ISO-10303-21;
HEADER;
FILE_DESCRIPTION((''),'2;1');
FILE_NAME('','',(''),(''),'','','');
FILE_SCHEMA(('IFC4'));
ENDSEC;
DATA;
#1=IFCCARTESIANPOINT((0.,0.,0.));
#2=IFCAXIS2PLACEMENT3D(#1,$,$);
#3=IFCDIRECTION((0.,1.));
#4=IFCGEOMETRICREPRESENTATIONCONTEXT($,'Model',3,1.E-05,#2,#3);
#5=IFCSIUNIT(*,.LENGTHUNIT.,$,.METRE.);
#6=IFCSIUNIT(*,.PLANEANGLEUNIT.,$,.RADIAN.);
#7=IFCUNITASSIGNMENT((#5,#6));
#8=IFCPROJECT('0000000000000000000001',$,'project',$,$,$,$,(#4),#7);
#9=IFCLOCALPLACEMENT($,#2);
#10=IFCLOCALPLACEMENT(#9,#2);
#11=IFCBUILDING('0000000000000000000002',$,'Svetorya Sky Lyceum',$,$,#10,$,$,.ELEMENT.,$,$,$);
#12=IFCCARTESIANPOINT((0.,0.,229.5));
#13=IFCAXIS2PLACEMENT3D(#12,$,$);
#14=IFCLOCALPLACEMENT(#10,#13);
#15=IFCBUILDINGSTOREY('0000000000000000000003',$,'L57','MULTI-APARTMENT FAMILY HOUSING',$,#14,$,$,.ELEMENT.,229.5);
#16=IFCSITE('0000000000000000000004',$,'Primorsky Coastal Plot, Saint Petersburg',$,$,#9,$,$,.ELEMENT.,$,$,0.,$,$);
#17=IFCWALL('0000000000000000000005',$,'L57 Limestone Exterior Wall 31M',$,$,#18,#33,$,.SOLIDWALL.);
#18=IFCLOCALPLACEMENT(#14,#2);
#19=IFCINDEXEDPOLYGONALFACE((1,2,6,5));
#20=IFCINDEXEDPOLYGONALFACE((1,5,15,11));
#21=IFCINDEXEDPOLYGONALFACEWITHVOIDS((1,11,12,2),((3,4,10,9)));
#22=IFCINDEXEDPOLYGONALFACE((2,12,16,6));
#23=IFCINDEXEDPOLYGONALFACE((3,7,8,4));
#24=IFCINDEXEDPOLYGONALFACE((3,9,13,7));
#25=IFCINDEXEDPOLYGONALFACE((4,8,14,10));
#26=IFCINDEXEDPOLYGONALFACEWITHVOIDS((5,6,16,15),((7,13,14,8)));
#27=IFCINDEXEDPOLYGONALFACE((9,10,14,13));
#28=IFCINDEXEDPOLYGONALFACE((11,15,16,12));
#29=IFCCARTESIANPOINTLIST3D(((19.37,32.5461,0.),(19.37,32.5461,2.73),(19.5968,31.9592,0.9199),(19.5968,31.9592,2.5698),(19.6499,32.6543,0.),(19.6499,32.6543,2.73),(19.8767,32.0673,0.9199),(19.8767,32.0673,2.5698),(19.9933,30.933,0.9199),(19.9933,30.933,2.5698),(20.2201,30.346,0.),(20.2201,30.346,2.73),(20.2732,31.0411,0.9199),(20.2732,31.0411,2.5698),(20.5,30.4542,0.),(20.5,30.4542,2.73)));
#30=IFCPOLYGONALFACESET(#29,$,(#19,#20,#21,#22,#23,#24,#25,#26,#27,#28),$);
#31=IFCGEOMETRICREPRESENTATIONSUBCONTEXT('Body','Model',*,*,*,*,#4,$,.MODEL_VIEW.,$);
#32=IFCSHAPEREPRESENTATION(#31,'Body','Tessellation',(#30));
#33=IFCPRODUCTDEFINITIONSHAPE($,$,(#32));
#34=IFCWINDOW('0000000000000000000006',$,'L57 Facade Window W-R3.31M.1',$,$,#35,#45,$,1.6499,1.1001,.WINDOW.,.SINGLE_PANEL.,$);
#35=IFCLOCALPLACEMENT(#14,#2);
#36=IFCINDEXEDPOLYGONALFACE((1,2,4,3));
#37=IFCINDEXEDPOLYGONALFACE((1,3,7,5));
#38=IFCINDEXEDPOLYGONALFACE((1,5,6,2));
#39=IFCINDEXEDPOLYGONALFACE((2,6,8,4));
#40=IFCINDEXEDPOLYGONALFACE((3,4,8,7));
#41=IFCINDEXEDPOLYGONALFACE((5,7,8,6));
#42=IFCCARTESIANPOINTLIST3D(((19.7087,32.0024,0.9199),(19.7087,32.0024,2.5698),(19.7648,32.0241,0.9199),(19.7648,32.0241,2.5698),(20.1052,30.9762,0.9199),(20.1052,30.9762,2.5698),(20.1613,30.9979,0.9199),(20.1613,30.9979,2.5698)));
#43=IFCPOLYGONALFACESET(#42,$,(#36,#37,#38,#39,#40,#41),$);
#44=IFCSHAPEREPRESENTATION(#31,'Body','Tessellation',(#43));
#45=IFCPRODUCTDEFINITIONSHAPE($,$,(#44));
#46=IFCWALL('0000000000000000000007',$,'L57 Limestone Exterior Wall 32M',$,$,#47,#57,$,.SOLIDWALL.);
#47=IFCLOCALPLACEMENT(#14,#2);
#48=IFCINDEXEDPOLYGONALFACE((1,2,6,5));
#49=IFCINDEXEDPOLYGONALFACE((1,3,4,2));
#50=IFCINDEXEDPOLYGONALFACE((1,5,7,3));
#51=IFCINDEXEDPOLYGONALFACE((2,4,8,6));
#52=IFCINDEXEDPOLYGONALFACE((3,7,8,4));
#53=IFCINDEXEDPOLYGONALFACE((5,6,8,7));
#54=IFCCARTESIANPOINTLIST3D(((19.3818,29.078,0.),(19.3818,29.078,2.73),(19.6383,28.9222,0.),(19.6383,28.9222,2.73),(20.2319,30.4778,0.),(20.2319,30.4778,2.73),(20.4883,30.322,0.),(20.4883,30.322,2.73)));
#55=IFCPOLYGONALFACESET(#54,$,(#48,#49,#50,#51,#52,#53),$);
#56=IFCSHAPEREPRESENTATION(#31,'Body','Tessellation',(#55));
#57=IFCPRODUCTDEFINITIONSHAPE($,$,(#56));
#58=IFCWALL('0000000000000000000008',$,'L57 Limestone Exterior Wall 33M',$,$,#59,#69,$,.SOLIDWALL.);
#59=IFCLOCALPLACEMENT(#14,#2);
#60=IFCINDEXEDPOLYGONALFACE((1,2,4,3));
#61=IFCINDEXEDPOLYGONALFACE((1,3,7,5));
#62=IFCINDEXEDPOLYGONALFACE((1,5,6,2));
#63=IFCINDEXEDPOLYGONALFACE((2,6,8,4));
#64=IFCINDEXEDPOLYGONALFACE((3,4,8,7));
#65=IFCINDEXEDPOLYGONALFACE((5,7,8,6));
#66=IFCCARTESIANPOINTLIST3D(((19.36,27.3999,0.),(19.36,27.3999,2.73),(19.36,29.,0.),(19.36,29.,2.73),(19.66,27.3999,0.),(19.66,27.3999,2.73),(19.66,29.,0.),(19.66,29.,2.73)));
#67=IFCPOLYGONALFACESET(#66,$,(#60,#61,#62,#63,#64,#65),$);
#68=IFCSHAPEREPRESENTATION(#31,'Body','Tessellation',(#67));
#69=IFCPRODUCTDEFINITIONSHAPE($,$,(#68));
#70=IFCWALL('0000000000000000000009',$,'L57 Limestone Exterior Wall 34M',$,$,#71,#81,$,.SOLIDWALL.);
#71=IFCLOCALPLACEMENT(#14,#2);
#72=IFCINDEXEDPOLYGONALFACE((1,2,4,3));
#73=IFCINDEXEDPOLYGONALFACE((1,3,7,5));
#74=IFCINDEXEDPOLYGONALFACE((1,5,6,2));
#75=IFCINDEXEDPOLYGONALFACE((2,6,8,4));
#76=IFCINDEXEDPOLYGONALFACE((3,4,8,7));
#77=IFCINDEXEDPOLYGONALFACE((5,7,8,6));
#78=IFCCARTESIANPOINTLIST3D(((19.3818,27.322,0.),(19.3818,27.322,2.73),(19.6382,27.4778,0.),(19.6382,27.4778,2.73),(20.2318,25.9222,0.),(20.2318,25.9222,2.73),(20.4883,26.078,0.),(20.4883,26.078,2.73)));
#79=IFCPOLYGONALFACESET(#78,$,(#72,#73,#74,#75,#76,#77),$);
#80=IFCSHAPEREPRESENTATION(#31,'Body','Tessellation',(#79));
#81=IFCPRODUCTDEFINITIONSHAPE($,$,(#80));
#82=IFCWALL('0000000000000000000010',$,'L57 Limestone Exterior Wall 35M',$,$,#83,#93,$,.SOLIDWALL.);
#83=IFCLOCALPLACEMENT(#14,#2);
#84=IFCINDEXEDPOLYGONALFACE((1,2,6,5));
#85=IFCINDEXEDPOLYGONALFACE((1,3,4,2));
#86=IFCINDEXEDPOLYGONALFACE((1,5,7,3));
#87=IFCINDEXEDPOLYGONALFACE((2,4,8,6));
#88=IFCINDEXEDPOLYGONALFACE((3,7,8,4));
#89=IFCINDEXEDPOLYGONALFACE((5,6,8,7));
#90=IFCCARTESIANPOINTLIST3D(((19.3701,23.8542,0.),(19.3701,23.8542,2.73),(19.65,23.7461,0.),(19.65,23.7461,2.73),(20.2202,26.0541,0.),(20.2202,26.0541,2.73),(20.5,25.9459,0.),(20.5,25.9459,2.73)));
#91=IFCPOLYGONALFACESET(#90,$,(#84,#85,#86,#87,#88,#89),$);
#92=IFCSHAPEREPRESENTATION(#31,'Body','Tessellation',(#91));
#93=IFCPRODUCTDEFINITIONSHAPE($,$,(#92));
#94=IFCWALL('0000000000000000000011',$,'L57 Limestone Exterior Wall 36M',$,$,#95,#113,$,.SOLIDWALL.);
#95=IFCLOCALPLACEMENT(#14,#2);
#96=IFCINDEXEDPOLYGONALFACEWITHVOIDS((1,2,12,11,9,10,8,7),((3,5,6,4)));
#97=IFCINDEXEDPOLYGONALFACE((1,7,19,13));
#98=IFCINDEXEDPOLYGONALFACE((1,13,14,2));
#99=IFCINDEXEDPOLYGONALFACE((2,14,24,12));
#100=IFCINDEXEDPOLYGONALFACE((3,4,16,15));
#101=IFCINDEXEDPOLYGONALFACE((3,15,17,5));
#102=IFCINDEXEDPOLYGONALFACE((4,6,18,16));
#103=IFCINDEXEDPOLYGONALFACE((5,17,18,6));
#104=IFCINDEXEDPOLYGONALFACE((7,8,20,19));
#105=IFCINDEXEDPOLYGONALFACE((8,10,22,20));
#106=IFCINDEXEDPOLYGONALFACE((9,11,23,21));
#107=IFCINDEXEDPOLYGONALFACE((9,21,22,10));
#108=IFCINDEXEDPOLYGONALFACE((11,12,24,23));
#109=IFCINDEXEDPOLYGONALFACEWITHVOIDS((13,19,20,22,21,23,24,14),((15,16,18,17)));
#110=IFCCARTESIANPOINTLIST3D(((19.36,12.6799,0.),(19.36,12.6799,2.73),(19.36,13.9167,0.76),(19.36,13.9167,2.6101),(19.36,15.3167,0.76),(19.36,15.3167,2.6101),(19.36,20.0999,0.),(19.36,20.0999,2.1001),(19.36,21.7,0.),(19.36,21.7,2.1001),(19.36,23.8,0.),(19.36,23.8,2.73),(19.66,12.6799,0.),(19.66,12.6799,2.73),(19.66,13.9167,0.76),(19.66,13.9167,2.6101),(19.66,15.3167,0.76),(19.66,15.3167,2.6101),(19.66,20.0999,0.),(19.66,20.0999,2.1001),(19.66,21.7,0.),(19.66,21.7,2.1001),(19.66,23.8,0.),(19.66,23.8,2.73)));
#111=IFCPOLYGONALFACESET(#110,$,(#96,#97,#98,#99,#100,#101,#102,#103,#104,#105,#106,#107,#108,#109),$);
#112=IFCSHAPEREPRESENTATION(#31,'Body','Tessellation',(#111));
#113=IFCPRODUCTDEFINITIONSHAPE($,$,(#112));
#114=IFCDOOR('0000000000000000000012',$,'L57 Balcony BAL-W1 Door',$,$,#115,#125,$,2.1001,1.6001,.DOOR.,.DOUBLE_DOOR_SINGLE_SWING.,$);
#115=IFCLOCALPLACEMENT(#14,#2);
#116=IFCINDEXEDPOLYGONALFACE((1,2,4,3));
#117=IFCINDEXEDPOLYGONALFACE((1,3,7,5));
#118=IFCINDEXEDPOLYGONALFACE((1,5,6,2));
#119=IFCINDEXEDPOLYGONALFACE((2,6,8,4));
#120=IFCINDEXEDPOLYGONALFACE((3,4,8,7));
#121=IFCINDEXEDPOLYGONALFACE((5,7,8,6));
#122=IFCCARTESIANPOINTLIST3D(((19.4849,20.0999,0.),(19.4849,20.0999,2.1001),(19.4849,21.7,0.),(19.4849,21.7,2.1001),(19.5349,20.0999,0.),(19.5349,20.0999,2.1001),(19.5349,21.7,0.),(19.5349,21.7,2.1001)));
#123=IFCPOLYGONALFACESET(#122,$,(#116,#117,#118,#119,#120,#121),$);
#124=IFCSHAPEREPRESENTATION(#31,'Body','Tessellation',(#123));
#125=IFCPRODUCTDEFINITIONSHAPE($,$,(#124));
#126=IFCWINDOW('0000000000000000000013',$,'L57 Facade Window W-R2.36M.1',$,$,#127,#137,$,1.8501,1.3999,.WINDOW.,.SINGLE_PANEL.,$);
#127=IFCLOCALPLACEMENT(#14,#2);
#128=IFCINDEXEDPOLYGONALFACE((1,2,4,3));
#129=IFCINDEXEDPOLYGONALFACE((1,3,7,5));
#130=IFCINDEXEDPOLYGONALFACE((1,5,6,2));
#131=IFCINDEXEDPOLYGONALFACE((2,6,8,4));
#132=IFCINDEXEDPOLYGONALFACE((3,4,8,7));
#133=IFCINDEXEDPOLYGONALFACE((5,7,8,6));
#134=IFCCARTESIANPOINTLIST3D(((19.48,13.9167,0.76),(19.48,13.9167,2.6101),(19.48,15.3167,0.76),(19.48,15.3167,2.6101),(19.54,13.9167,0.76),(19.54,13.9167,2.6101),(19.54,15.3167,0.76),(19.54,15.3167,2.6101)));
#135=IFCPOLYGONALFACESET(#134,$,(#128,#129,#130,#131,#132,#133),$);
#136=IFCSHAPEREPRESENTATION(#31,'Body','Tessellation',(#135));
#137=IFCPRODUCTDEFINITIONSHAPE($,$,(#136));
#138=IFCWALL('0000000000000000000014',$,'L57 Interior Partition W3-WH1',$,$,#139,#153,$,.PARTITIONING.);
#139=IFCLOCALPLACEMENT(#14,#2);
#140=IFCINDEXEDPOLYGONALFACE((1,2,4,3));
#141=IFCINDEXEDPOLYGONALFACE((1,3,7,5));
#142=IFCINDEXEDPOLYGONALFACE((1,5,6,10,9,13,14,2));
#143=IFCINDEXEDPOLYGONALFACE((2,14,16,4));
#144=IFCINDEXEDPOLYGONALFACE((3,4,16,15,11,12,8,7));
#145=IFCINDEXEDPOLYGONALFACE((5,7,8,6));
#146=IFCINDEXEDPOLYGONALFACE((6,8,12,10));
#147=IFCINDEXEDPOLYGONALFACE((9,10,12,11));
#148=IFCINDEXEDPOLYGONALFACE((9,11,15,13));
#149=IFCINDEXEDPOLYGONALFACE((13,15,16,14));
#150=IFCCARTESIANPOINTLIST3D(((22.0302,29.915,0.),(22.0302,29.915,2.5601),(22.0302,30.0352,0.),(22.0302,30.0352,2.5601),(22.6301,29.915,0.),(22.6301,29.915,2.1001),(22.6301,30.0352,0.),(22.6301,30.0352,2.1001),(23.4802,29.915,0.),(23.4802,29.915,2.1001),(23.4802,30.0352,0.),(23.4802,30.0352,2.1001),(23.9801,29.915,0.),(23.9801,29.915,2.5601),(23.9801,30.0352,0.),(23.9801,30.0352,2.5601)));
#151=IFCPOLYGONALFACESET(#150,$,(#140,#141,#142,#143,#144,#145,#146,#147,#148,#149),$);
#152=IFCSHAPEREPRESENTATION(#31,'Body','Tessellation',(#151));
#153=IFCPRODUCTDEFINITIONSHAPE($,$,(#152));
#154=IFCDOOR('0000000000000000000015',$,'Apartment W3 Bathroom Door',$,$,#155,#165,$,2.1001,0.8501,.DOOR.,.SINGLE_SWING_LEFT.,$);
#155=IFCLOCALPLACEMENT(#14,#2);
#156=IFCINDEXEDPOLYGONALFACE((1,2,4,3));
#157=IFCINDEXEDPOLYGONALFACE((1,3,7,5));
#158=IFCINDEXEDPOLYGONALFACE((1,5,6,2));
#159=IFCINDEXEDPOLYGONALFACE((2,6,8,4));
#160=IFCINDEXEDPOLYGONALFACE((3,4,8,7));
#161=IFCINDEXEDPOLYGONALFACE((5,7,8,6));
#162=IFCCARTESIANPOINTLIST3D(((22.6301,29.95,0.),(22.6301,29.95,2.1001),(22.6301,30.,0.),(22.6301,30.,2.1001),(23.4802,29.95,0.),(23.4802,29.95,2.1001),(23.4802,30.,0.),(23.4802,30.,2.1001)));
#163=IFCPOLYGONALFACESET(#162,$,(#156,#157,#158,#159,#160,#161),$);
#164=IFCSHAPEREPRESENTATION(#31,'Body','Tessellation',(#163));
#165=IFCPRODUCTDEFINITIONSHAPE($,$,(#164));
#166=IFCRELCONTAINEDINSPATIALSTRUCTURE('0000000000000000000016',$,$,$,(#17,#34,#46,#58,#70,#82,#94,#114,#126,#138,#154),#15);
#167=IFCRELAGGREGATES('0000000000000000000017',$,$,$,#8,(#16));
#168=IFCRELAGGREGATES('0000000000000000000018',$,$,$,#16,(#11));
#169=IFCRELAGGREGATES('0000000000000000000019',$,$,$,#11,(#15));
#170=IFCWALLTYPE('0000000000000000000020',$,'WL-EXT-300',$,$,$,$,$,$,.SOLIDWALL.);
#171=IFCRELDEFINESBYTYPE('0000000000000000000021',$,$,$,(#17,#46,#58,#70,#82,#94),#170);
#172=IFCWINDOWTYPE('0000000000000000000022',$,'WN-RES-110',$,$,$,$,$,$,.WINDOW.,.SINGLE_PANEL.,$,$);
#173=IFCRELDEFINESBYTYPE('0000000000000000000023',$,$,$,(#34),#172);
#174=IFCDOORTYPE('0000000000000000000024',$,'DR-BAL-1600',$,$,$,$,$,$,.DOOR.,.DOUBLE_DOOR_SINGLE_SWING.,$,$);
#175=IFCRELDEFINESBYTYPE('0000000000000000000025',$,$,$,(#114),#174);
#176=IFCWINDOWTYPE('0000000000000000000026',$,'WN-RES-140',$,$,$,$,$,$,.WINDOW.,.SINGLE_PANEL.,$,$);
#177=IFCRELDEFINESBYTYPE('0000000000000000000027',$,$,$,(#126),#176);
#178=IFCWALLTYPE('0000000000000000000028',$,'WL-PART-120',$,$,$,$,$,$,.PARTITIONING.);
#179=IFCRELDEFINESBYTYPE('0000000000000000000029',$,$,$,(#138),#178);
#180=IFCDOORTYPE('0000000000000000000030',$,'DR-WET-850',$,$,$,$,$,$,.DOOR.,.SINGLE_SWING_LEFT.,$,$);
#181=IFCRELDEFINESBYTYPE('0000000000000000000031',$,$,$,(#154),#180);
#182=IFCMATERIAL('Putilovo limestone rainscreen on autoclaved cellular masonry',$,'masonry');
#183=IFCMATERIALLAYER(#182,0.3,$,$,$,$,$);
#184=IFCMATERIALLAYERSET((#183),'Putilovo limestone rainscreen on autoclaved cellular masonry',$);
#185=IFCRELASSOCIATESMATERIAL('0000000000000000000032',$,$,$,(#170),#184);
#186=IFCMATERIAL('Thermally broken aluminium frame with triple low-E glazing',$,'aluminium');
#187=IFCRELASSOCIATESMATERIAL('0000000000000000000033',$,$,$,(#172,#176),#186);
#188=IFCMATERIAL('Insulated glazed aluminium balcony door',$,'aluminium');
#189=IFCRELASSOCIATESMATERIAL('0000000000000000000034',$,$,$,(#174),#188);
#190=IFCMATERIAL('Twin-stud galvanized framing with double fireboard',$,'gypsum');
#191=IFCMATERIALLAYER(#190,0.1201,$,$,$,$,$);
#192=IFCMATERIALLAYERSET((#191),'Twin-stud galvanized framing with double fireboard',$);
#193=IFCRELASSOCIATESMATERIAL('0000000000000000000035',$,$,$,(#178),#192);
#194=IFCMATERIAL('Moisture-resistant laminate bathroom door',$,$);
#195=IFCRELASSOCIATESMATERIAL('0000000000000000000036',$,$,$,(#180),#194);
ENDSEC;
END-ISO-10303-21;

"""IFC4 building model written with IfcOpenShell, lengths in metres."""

from ifc_helpers import new_model, si_unit, direction, frame, frame_2d, origin, place, context, subcontext, project, spatial, rectangle, extrude, material, layer, layer_set, type_object, element, fill, save


model = new_model("IFC4")

# Units and contexts
model_context = context("Model", 3, precision=1e-05, world=origin(), true_north=direction((0.0, 1.0)))
body_context = subcontext(model_context, "Body", "Model", "MODEL_VIEW")
ifc_project = project(units=[si_unit("LENGTHUNIT", "METRE"), si_unit("PLANEANGLEUNIT", "RADIAN")], contexts=[model_context])

# Site, building, storey
site_placement = place(None, origin())
site = spatial("IfcSite", under=ifc_project, at=site_placement, Name="Primorsky Coastal Plot, Saint Petersburg", CompositionType="ELEMENT", RefElevation=0.0)
building_placement = place(site_placement, origin())
building = spatial("IfcBuilding", under=site, at=building_placement, Name="Svetorya Sky Lyceum", CompositionType="ELEMENT")
storey_placement = place(building_placement, frame((0.0, 0.0, 229.5)))
storey = spatial("IfcBuildingStorey", under=building, at=storey_placement, Name="L57", Description="MULTI-APARTMENT FAMILY HOUSING", CompositionType="ELEMENT", Elevation=229.5)

# Wall, opening, window
ifc_material_1 = material(Name="Putilovo limestone rainscreen on autoclaved cellular masonry", Category="masonry")
ifc_layer_1 = layer(ifc_material_1, 0.3)
ifc_layer_set_1 = layer_set([ifc_layer_1], Name="Putilovo limestone rainscreen on autoclaved cellular masonry")
wall_type_1 = type_object("IfcWallType", Name="WL-EXT-300", PredefinedType="SOLIDWALL", material=ifc_layer_set_1)
wall_1_placement = place(storey_placement, frame((19.51, 32.6001, 0.0), z_axis=(0.0, 0.0, 1.0), x_axis=(0.360407, -0.932795, 0.0)))
wall_1 = element("IfcWall", 1, at=wall_1_placement, inside=storey, type_object=wall_type_1, Name="L57 Limestone Exterior Wall 31M", PredefinedType="SOLIDWALL", context=body_context, shape_type="SweptSolid", body=[
    extrude(rectangle(XDim=2.3586, YDim=0.3, at=frame_2d((1.1792, 0.0))), origin(), (0.0, 0.0, 1.0), 2.73),
])
opening_1_placement = place(wall_1_placement, frame((0.6292, 0.0, 0.9199)))
opening_1 = element("IfcOpeningElement", 2, at=opening_1_placement, cuts=wall_1, PredefinedType="OPENING", context=body_context, shape_type="SweptSolid", body=[
    extrude(rectangle(XDim=1.1001, YDim=1.6499, at=frame_2d((0.55, 0.825))), frame((0.0, 0.1599, 0.0), z_axis=(0.0, -1.0, 0.0), x_axis=(1.0, 0.0, 0.0)), (0.0, 0.0, 1.0), 0.3201),
])
ifc_material_2 = material(Name="Thermally broken aluminium frame with triple low-E glazing", Category="aluminium")
window_type_1 = type_object("IfcWindowType", Name="WN-RES-110", PartitioningType="SINGLE_PANEL", PredefinedType="WINDOW", material=ifc_material_2)
window_1_placement = place(opening_1_placement, origin())
window_1 = element("IfcWindow", 3, at=window_1_placement, inside=storey, type_object=window_type_1, Name="L57 Facade Window W-R3.31M.1", OverallHeight=1.6499, OverallWidth=1.1001, PartitioningType="SINGLE_PANEL", PredefinedType="WINDOW", context=body_context, shape_type="SweptSolid", body=[
    extrude(rectangle(XDim=1.1001, YDim=1.6499, at=frame_2d((0.55, 0.825))), frame((0.0, 0.03, 0.0), z_axis=(0.0, -1.0, 0.0), x_axis=(1.0, 0.0, 0.0)), (0.0, 0.0, 1.0), 0.0601),
])
fill(opening_1, window_1)

# Walls
wall_2_placement = place(storey_placement, frame((20.3601, 30.3999, 0.0), z_axis=(0.0, 0.0, 1.0), x_axis=(-0.519048, -0.854745, 0.0)))
element("IfcWall", 4, at=wall_2_placement, inside=storey, type_object=wall_type_1, Name="L57 Limestone Exterior Wall 32M", PredefinedType="SOLIDWALL", context=body_context, shape_type="SweptSolid", body=[
    extrude(rectangle(XDim=1.6377, YDim=0.3, at=frame_2d((0.8188, 0.0))), origin(), (0.0, 0.0, 1.0), 2.73),
])
wall_3_placement = place(storey_placement, frame((19.51, 29.0, 0.0), z_axis=(0.0, 0.0, 1.0), x_axis=(0.0, -1.0, 0.0)))
element("IfcWall", 5, at=wall_3_placement, inside=storey, type_object=wall_type_1, Name="L57 Limestone Exterior Wall 33M", PredefinedType="SOLIDWALL", context=body_context, shape_type="SweptSolid", body=[
    extrude(rectangle(XDim=1.6001, YDim=0.3, at=frame_2d((0.8, 0.0))), origin(), (0.0, 0.0, 1.0), 2.73),
])
wall_4_placement = place(storey_placement, frame((19.51, 27.3999, 0.0), z_axis=(0.0, 0.0, 1.0), x_axis=(0.519048, -0.854745, 0.0)))
element("IfcWall", 6, at=wall_4_placement, inside=storey, type_object=wall_type_1, Name="L57 Limestone Exterior Wall 34M", PredefinedType="SOLIDWALL", context=body_context, shape_type="SweptSolid", body=[
    extrude(rectangle(XDim=1.6377, YDim=0.3, at=frame_2d((0.8188, 0.0))), origin(), (0.0, 0.0, 1.0), 2.73),
])
wall_5_placement = place(storey_placement, frame((20.3601, 26.0, 0.0), z_axis=(0.0, 0.0, 1.0), x_axis=(-0.360442, -0.932782, 0.0)))
element("IfcWall", 7, at=wall_5_placement, inside=storey, type_object=wall_type_1, Name="L57 Limestone Exterior Wall 35M", PredefinedType="SOLIDWALL", context=body_context, shape_type="SweptSolid", body=[
    extrude(rectangle(XDim=2.3584, YDim=0.3, at=frame_2d((1.1792, 0.0))), origin(), (0.0, 0.0, 1.0), 2.73),
])

# Wall, openings, door, window
wall_6_placement = place(storey_placement, frame((19.51, 23.8, 0.0), z_axis=(0.0, 0.0, 1.0), x_axis=(0.0, -1.0, 0.0)))
wall_6 = element("IfcWall", 8, at=wall_6_placement, inside=storey, type_object=wall_type_1, Name="L57 Limestone Exterior Wall 36M", PredefinedType="SOLIDWALL", context=body_context, shape_type="SweptSolid", body=[
    extrude(rectangle(XDim=11.1201, YDim=0.3, at=frame_2d((5.5601, 0.0))), origin(), (0.0, 0.0, 1.0), 2.73),
])
opening_2_placement = place(wall_6_placement, frame((2.1001, 0.0, 0.0)))
opening_2 = element("IfcOpeningElement", 9, at=opening_2_placement, cuts=wall_6, PredefinedType="OPENING", context=body_context, shape_type="SweptSolid", body=[
    extrude(rectangle(XDim=1.6001, YDim=2.1001, at=frame_2d((0.8, 1.05))), frame((0.0, 0.1599, 0.0), z_axis=(0.0, -1.0, 0.0), x_axis=(1.0, 0.0, 0.0)), (0.0, 0.0, 1.0), 0.3201),
])
opening_3_placement = place(wall_6_placement, frame((8.4834, 0.0, 0.76)))
opening_3 = element("IfcOpeningElement", 10, at=opening_3_placement, cuts=wall_6, PredefinedType="OPENING", context=body_context, shape_type="SweptSolid", body=[
    extrude(rectangle(XDim=1.3999, YDim=1.8501, at=frame_2d((0.7, 0.925))), frame((0.0, 0.1599, 0.0), z_axis=(0.0, -1.0, 0.0), x_axis=(1.0, 0.0, 0.0)), (0.0, 0.0, 1.0), 0.3201),
])
ifc_material_3 = material(Name="Insulated glazed aluminium balcony door", Category="aluminium")
door_type_1 = type_object("IfcDoorType", Name="DR-BAL-1600", OperationType="DOUBLE_DOOR_SINGLE_SWING", PredefinedType="DOOR", material=ifc_material_3)
door_1_placement = place(opening_2_placement, origin())
door_1 = element("IfcDoor", 11, at=door_1_placement, inside=storey, type_object=door_type_1, Name="L57 Balcony BAL-W1 Door", OperationType="DOUBLE_DOOR_SINGLE_SWING", OverallHeight=2.1001, OverallWidth=1.6001, PredefinedType="DOOR", context=body_context, shape_type="SweptSolid", body=[
    extrude(rectangle(XDim=1.6001, YDim=2.1001, at=frame_2d((0.8, 1.05))), frame((0.0, 0.0249, 0.0), z_axis=(0.0, -1.0, 0.0), x_axis=(1.0, 0.0, 0.0)), (0.0, 0.0, 1.0), 0.05),
])
fill(opening_2, door_1)
window_type_2 = type_object("IfcWindowType", Name="WN-RES-140", PartitioningType="SINGLE_PANEL", PredefinedType="WINDOW", material=ifc_material_2)
window_2_placement = place(opening_3_placement, origin())
window_2 = element("IfcWindow", 12, at=window_2_placement, inside=storey, type_object=window_type_2, Name="L57 Facade Window W-R2.36M.1", OverallHeight=1.8501, OverallWidth=1.3999, PartitioningType="SINGLE_PANEL", PredefinedType="WINDOW", context=body_context, shape_type="SweptSolid", body=[
    extrude(rectangle(XDim=1.3999, YDim=1.8501, at=frame_2d((0.7, 0.925))), frame((0.0, 0.03, 0.0), z_axis=(0.0, -1.0, 0.0), x_axis=(1.0, 0.0, 0.0)), (0.0, 0.0, 1.0), 0.0601),
])
fill(opening_3, window_2)

# Wall, opening, door
ifc_material_4 = material(Name="Twin-stud galvanized framing with double fireboard", Category="gypsum")
ifc_layer_2 = layer(ifc_material_4, 0.1201)
ifc_layer_set_2 = layer_set([ifc_layer_2], Name="Twin-stud galvanized framing with double fireboard")
wall_type_2 = type_object("IfcWallType", Name="WL-PART-120", PredefinedType="PARTITIONING", material=ifc_layer_set_2)
wall_7_placement = place(storey_placement, frame((22.03, 29.9751, 0.0), z_axis=(0.0, 0.0, 1.0), x_axis=(1.0, 0.0, 0.0)))
wall_7 = element("IfcWall", 13, at=wall_7_placement, inside=storey, type_object=wall_type_2, Name="L57 Interior Partition W3-WH1", PredefinedType="PARTITIONING", context=body_context, shape_type="SweptSolid", body=[
    extrude(rectangle(XDim=1.95, YDim=0.1201, at=frame_2d((0.9751, 0.0))), origin(), (0.0, 0.0, 1.0), 2.5601),
])
opening_4_placement = place(wall_7_placement, frame((0.6001, 0.0, 0.0)))
opening_4 = element("IfcOpeningElement", 14, at=opening_4_placement, cuts=wall_7, PredefinedType="OPENING", context=body_context, shape_type="SweptSolid", body=[
    extrude(rectangle(XDim=0.8501, YDim=2.1001, at=frame_2d((0.425, 1.05))), frame((0.0, 0.0701, 0.0), z_axis=(0.0, -1.0, 0.0), x_axis=(1.0, 0.0, 0.0)), (0.0, 0.0, 1.0), 0.1401),
])
ifc_material_5 = material(Name="Moisture-resistant laminate bathroom door")
door_type_2 = type_object("IfcDoorType", Name="DR-WET-850", OperationType="SINGLE_SWING_LEFT", PredefinedType="DOOR", material=ifc_material_5)
door_2_placement = place(opening_4_placement, origin())
door_2 = element("IfcDoor", 15, at=door_2_placement, inside=storey, type_object=door_type_2, Name="Apartment W3 Bathroom Door", OperationType="SINGLE_SWING_LEFT", OverallHeight=2.1001, OverallWidth=0.8501, PredefinedType="DOOR", context=body_context, shape_type="SweptSolid", body=[
    extrude(rectangle(XDim=0.8501, YDim=2.1001, at=frame_2d((0.425, 1.05))), frame((0.0, 0.0249, 0.0), z_axis=(0.0, -1.0, 0.0), x_axis=(1.0, 0.0, 0.0)), (0.0, 0.0, 1.0), 0.05),
])
fill(opening_4, door_2)

save(model, "model.ifc")
